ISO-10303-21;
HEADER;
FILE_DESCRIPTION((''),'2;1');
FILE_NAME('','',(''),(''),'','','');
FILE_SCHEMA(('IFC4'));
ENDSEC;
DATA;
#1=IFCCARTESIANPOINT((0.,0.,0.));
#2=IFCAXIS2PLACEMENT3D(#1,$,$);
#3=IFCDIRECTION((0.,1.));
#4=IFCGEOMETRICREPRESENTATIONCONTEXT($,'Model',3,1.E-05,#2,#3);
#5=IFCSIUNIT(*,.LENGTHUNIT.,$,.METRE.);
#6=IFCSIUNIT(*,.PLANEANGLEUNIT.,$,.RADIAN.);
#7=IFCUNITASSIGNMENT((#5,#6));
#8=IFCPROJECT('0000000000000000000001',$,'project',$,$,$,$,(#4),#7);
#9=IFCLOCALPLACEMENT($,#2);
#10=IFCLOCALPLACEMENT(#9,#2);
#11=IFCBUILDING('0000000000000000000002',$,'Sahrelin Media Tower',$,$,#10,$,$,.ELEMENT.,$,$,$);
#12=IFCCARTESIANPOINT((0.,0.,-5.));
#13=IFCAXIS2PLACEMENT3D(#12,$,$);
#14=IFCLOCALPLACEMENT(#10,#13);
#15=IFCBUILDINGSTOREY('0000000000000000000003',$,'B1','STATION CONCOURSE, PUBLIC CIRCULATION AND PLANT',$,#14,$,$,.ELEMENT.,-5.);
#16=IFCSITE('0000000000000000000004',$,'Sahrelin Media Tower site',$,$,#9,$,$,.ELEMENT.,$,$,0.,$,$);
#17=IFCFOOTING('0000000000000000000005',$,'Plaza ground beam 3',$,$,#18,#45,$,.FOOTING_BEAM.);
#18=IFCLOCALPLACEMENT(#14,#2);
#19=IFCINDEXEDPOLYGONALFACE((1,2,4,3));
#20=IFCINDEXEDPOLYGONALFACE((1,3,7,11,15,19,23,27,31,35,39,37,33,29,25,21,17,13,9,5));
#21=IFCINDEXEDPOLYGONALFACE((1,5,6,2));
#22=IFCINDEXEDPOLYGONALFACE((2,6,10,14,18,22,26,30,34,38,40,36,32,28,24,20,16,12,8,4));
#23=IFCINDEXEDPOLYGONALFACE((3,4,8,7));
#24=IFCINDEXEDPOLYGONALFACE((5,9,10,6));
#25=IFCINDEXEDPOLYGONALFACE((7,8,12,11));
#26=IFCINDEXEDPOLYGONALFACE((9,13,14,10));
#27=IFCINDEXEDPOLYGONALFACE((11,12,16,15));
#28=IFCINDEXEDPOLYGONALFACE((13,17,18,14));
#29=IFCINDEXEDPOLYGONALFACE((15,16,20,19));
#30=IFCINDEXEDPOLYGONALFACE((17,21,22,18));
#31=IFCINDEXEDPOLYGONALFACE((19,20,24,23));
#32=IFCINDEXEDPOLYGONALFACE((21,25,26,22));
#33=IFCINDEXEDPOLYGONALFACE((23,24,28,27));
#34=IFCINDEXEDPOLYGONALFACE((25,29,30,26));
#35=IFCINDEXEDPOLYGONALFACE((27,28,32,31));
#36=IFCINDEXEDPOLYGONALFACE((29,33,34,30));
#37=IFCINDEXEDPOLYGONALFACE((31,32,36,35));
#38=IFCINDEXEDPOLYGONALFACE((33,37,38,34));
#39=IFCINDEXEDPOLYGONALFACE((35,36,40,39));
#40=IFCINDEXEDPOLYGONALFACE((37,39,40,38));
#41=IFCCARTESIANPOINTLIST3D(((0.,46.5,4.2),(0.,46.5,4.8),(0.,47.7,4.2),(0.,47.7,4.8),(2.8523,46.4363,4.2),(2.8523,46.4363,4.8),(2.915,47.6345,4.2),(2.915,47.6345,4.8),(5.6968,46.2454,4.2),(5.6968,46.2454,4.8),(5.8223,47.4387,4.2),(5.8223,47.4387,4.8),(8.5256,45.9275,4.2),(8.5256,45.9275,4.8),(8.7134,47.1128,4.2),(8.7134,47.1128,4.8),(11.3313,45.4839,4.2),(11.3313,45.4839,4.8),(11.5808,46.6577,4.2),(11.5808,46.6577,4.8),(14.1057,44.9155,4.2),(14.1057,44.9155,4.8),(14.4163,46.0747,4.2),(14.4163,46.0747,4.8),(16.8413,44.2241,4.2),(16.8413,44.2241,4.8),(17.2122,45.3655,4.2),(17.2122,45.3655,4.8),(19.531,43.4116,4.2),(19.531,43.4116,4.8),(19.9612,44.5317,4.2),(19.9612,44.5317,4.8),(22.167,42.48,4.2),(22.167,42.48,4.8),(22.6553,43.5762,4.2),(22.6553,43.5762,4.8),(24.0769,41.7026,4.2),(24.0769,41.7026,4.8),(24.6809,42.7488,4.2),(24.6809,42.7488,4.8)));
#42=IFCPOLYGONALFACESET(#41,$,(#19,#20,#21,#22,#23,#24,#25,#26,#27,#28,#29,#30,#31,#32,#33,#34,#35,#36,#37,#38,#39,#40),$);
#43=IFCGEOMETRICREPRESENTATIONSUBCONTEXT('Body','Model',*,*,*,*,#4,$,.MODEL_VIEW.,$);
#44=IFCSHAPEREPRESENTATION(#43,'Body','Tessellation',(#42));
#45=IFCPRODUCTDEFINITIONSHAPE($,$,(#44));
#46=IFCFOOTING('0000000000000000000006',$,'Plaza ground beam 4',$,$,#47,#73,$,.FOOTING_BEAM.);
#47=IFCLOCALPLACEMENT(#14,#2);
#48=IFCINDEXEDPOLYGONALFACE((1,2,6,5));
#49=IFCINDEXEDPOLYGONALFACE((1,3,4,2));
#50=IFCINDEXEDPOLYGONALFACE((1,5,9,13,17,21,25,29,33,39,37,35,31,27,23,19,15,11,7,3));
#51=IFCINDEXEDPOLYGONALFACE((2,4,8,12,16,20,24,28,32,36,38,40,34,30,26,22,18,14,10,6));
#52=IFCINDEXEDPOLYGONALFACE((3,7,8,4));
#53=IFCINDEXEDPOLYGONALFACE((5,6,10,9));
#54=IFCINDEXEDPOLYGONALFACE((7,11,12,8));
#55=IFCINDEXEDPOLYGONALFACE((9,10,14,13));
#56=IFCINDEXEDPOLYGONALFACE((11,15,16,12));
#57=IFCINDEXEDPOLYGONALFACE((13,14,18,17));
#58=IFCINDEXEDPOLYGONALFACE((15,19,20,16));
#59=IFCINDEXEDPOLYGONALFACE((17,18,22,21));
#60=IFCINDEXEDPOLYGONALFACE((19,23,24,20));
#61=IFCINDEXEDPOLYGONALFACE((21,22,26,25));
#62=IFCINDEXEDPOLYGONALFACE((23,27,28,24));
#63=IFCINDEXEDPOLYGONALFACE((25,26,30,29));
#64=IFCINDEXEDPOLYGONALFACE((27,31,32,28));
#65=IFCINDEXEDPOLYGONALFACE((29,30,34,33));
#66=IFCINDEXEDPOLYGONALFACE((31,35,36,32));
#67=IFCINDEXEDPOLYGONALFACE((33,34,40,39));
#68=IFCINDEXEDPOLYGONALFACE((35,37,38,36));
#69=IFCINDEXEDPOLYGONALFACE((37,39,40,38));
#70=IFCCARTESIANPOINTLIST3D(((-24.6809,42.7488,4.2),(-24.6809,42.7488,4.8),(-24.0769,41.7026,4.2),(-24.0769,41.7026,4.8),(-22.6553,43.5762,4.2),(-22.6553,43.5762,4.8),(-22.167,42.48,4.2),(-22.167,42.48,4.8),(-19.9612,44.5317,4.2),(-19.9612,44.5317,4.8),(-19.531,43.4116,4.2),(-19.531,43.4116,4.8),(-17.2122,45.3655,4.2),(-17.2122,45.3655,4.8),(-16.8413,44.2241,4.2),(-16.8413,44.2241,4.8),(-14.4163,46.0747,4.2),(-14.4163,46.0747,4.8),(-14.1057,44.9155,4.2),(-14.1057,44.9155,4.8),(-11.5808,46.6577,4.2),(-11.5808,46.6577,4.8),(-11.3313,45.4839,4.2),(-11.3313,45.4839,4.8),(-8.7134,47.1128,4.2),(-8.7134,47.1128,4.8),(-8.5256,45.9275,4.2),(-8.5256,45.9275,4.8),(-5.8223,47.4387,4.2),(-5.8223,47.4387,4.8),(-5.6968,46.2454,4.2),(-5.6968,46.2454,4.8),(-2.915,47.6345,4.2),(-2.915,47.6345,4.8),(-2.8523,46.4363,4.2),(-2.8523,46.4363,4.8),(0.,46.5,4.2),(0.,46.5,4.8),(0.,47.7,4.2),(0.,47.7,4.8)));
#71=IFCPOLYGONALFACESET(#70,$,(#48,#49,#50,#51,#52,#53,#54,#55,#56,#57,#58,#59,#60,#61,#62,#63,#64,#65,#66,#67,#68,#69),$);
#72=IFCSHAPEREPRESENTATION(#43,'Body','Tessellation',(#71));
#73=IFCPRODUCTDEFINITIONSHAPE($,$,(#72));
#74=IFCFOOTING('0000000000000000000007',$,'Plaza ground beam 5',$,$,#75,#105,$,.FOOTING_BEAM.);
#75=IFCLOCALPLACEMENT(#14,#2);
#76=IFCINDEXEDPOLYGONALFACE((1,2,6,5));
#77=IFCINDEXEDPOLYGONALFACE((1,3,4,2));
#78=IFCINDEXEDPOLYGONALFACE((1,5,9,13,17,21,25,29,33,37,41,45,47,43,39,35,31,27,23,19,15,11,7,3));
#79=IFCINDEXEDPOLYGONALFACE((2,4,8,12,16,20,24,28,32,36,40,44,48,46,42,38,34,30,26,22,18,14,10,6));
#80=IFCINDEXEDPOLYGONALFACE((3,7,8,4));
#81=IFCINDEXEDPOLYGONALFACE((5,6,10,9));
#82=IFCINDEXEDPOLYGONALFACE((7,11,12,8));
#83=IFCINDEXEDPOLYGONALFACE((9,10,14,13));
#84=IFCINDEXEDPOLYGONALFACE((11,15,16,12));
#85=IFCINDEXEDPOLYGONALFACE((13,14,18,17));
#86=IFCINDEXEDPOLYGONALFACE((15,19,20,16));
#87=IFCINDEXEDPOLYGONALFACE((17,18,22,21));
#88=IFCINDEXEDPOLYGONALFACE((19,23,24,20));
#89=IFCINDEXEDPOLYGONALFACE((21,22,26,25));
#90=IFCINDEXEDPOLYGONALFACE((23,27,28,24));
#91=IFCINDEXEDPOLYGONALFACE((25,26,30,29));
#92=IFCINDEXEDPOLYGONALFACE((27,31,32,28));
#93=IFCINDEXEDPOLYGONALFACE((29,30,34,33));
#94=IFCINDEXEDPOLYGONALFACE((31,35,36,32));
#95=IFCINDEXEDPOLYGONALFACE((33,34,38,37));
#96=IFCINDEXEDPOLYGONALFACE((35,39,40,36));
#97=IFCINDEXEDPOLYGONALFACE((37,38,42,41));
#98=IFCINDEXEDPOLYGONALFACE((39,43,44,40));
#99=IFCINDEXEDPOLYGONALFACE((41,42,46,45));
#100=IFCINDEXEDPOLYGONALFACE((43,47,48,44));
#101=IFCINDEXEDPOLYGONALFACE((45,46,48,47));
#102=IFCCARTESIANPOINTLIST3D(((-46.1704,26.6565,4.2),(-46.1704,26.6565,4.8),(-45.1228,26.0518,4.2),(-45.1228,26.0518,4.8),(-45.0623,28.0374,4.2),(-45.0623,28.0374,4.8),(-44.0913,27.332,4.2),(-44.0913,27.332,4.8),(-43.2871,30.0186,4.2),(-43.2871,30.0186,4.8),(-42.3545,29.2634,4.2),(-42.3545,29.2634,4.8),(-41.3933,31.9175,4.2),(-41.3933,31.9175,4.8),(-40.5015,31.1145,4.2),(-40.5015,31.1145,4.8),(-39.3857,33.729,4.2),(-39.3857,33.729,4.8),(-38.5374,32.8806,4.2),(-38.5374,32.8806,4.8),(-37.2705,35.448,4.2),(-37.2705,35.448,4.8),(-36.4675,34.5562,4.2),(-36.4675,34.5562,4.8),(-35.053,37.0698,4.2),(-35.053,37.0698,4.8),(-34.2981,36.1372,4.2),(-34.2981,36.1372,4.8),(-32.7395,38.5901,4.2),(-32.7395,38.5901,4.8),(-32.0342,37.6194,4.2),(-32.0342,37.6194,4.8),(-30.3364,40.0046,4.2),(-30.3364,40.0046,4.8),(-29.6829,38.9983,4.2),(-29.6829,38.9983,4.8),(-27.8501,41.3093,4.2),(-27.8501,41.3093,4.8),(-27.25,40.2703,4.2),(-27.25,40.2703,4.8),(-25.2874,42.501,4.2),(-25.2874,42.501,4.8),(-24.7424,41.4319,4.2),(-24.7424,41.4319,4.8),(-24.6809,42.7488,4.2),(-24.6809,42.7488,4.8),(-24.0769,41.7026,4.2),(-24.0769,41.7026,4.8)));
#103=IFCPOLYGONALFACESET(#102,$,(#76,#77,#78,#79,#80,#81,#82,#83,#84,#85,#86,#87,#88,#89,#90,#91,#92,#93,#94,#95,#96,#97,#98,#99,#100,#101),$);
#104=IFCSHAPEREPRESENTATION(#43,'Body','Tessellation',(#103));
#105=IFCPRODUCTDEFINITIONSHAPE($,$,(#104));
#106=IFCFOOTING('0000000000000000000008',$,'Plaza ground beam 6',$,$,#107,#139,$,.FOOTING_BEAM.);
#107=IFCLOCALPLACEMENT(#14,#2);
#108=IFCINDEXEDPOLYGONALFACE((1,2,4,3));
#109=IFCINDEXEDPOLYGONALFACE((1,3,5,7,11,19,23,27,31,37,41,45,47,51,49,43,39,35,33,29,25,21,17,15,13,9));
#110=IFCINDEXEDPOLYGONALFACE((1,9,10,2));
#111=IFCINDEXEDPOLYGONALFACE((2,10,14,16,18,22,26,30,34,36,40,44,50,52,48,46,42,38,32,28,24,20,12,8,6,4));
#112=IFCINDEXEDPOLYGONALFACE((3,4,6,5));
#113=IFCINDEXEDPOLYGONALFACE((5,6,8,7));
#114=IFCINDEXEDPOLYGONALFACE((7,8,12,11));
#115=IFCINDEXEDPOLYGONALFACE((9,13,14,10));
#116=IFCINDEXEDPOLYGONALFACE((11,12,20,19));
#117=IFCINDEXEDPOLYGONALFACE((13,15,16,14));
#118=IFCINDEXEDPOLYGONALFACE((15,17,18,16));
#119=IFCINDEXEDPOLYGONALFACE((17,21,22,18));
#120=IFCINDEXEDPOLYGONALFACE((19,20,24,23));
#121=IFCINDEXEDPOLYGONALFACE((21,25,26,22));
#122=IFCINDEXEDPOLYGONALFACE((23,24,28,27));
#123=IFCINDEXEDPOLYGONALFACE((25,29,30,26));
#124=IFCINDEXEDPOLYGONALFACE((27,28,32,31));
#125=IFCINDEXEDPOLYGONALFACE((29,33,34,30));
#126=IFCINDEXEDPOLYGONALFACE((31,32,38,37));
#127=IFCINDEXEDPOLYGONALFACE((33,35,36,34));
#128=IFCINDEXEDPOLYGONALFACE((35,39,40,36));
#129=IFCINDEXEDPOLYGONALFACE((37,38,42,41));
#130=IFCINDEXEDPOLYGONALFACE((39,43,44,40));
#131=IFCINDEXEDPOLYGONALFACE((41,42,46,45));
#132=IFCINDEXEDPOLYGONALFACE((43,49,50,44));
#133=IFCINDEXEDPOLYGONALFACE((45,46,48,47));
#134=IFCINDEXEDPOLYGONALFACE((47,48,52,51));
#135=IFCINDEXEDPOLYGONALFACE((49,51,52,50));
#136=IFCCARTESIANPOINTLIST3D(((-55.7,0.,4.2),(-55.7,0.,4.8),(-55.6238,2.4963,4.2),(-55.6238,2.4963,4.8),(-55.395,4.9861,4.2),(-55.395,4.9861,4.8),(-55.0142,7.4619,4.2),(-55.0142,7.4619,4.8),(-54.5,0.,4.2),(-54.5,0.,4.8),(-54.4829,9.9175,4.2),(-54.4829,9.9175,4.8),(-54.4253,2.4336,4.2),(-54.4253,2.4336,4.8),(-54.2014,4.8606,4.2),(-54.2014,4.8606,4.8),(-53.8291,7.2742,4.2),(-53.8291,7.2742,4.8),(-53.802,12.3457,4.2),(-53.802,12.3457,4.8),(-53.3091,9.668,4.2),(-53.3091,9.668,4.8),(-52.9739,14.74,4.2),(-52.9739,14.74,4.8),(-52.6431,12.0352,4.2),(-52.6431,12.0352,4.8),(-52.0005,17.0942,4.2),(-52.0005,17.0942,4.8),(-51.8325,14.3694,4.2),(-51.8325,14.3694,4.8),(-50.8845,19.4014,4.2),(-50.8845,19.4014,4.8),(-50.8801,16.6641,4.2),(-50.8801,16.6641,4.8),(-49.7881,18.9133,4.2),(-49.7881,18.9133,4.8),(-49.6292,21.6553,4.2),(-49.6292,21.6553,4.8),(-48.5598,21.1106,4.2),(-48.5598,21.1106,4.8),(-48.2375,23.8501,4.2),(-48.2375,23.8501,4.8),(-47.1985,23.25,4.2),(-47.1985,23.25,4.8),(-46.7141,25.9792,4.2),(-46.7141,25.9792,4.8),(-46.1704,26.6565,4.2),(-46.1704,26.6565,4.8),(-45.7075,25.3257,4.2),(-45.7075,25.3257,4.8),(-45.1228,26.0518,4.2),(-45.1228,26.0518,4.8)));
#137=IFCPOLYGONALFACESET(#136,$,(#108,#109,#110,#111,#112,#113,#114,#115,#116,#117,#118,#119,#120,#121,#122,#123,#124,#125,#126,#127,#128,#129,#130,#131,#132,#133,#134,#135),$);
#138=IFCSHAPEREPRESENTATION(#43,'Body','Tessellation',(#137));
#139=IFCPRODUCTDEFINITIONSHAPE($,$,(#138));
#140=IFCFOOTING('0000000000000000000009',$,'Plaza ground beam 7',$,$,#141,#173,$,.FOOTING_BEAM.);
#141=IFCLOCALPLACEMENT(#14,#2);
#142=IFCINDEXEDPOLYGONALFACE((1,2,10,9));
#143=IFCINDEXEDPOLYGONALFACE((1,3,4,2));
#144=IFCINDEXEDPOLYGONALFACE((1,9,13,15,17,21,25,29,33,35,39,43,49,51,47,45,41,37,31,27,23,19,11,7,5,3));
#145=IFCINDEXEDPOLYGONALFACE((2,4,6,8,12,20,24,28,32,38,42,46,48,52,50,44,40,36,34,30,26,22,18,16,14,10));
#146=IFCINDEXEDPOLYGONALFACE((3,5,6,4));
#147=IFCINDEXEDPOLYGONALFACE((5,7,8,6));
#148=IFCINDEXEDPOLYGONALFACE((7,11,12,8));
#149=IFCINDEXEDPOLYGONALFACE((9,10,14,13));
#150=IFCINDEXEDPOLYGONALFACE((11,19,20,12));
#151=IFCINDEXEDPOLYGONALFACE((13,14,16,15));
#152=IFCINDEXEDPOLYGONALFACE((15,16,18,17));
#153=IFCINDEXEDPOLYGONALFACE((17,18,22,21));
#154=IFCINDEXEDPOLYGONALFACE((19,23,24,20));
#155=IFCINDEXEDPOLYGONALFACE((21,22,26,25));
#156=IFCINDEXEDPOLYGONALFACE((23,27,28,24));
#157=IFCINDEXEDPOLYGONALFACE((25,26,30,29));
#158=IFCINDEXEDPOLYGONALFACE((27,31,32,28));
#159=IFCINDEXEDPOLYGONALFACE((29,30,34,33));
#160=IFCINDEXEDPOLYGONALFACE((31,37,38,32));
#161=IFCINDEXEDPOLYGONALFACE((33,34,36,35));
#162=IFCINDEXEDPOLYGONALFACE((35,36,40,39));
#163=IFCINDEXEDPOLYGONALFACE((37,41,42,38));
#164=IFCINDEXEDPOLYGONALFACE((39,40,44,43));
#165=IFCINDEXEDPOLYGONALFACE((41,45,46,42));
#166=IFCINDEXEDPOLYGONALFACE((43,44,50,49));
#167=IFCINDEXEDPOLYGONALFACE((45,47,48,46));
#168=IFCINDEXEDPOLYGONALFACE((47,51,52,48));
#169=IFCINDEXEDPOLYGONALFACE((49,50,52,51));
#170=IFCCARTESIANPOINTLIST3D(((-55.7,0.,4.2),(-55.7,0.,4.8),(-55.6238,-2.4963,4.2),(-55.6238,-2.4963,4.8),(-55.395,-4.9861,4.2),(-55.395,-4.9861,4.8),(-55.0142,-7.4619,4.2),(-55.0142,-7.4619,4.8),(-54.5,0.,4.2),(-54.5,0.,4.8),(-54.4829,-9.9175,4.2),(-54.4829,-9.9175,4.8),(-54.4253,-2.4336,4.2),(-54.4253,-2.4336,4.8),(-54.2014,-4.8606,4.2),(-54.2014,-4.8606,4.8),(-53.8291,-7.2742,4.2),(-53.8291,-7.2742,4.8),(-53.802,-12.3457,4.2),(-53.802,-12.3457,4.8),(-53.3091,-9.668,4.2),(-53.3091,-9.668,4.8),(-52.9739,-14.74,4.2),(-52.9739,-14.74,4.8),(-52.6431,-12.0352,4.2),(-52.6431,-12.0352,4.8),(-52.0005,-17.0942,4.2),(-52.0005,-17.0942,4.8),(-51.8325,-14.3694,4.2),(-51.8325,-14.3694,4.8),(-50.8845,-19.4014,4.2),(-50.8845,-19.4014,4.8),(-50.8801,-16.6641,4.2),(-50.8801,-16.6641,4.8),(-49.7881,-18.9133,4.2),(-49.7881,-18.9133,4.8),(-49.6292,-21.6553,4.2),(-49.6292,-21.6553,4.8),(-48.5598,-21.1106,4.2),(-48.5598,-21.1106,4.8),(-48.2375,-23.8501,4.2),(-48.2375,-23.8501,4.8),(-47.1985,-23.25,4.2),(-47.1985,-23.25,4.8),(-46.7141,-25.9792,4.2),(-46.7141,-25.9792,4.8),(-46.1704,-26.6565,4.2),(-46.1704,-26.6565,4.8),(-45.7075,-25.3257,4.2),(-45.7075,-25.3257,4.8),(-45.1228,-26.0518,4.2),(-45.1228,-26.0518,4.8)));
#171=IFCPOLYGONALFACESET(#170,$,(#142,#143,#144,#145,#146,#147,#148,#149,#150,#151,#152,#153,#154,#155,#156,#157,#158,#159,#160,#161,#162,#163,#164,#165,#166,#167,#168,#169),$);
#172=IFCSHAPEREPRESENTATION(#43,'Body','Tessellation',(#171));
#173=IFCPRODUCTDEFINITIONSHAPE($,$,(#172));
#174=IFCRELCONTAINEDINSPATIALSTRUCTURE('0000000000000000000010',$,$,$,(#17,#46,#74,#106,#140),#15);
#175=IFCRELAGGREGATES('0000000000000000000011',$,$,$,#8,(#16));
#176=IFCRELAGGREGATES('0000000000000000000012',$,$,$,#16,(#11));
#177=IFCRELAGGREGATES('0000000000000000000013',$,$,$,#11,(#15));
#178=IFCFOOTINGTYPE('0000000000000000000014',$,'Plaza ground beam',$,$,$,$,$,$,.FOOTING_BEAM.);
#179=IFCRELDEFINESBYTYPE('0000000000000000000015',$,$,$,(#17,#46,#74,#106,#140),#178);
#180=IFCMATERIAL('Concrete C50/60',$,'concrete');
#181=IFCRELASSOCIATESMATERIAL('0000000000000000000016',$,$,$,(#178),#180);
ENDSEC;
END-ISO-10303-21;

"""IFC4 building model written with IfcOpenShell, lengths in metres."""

from ifc_helpers import new_model, si_unit, direction, frame, origin, place, context, subcontext, project, spatial, polyline, outline, extrude, material, type_object, element, save


model = new_model("IFC4")

# Units and contexts
model_context = context("Model", 3, precision=1e-05, world=origin(), true_north=direction((0.0, 1.0)))
body_context = subcontext(model_context, "Body", "Model", "MODEL_VIEW")
ifc_project = project(units=[si_unit("LENGTHUNIT", "METRE"), si_unit("PLANEANGLEUNIT", "RADIAN")], contexts=[model_context])

# Site, building, storey
site_placement = place(None, origin())
site = spatial("IfcSite", under=ifc_project, at=site_placement, Name="Sahrelin Media Tower site", CompositionType="ELEMENT", RefElevation=0.0)
building_placement = place(site_placement, origin())
building = spatial("IfcBuilding", under=site, at=building_placement, Name="Sahrelin Media Tower", CompositionType="ELEMENT")
storey_placement = place(building_placement, frame((0.0, 0.0, -5.0)))
storey = spatial("IfcBuildingStorey", under=building, at=storey_placement, Name="B1", Description="STATION CONCOURSE, PUBLIC CIRCULATION AND PLANT", CompositionType="ELEMENT", Elevation=-5.0)

# Footings
ifc_material_1 = material(Name="Concrete C50/60", Category="concrete")
footing_type = type_object("IfcFootingType", Name="Plaza ground beam", PredefinedType="FOOTING_BEAM", material=ifc_material_1)
placement_1 = place(storey_placement, frame((0.0, 0.0, 4.2)))
element("IfcFooting", 1, at=placement_1, inside=storey, type_object=footing_type, Name="Plaza ground beam 3", PredefinedType="FOOTING_BEAM", context=body_context, shape_type="SweptSolid", body=[
    extrude(outline(polyline([(0.0, 47.7), (0.0, 46.5), (0.0, 46.5), (2.8523, 46.4363), (5.6968, 46.2454), (8.5256, 45.9275), (11.3313, 45.4839), (14.1057, 44.9155), (16.8413, 44.2241), (19.531, 43.4116), (22.167, 42.48), (24.0769, 41.7026), (24.6809, 42.7488), (22.6553, 43.5762), (19.9612, 44.5317), (17.2122, 45.3655), (14.4163, 46.0747), (11.5808, 46.6577), (8.7134, 47.1128), (5.8223, 47.4387), (2.915, 47.6345), (0.0, 47.7), (0.0, 47.7)])), origin(), (0.0, 0.0, 1.0), 0.6001),
])
element("IfcFooting", 2, at=placement_1, inside=storey, type_object=footing_type, Name="Plaza ground beam 4", PredefinedType="FOOTING_BEAM", context=body_context, shape_type="SweptSolid", body=[
    extrude(outline(polyline([(-24.6809, 42.7488), (-24.0769, 41.7026), (-22.167, 42.48), (-19.531, 43.4116), (-16.8413, 44.2241), (-14.1057, 44.9155), (-11.3313, 45.4839), (-8.5256, 45.9275), (-5.6968, 46.2454), (-2.8523, 46.4363), (0.0, 46.5), (0.0, 47.7), (-2.915, 47.6345), (-5.8223, 47.4387), (-8.7134, 47.1128), (-11.5808, 46.6577), (-14.4163, 46.0747), (-17.2122, 45.3655), (-19.9612, 44.5317), (-22.6553, 43.5762), (-24.6809, 42.7488)])), origin(), (0.0, 0.0, 1.0), 0.6001),
])
element("IfcFooting", 3, at=placement_1, inside=storey, type_object=footing_type, Name="Plaza ground beam 5", PredefinedType="FOOTING_BEAM", context=body_context, shape_type="SweptSolid", body=[
    extrude(outline(polyline([(-46.1704, 26.6565), (-45.1228, 26.0518), (-44.0913, 27.332), (-42.3545, 29.2634), (-40.5015, 31.1145), (-38.5374, 32.8806), (-36.4675, 34.5562), (-34.2981, 36.1372), (-32.0342, 37.6194), (-29.6829, 38.9983), (-27.25, 40.2703), (-24.7424, 41.4319), (-24.0769, 41.7026), (-24.6809, 42.7488), (-25.2874, 42.501), (-27.8501, 41.3093), (-30.3364, 40.0046), (-32.7395, 38.5901), (-35.053, 37.0698), (-37.2705, 35.448), (-39.3857, 33.729), (-41.3933, 31.9175), (-43.2871, 30.0186), (-45.0623, 28.0374), (-46.1704, 26.6565)])), origin(), (0.0, 0.0, 1.0), 0.6001),
])
element("IfcFooting", 4, at=placement_1, inside=storey, type_object=footing_type, Name="Plaza ground beam 6", PredefinedType="FOOTING_BEAM", context=body_context, shape_type="SweptSolid", body=[
    extrude(outline(polyline([(-55.7, 0.0), (-54.5, 0.0), (-54.5, 0.0), (-54.4253, 2.4336), (-54.2014, 4.8606), (-53.8291, 7.2742), (-53.3091, 9.668), (-52.6431, 12.0352), (-51.8325, 14.3694), (-50.8801, 16.6641), (-49.7881, 18.9133), (-48.5598, 21.1106), (-47.1985, 23.25), (-45.7075, 25.3257), (-45.1228, 26.0518), (-46.1704, 26.6565), (-46.7141, 25.9792), (-48.2375, 23.8501), (-49.6292, 21.6553), (-50.8845, 19.4014), (-52.0005, 17.0942), (-52.9739, 14.74), (-53.802, 12.3457), (-54.4829, 9.9175), (-55.0142, 7.4619), (-55.395, 4.9861), (-55.6238, 2.4963), (-55.7, 0.0), (-55.7, 0.0)])), origin(), (0.0, 0.0, 1.0), 0.6001),
])
element("IfcFooting", 5, at=placement_1, inside=storey, type_object=footing_type, Name="Plaza ground beam 7", PredefinedType="FOOTING_BEAM", context=body_context, shape_type="SweptSolid", body=[
    extrude(outline(polyline([(-46.1704, -26.6565), (-45.1228, -26.0518), (-45.7075, -25.3257), (-47.1985, -23.25), (-48.5598, -21.1106), (-49.7881, -18.9133), (-50.8801, -16.6641), (-51.8325, -14.3694), (-52.6431, -12.0352), (-53.3091, -9.668), (-53.8291, -7.2742), (-54.2014, -4.8606), (-54.4253, -2.4336), (-54.5, 0.0), (-55.7, 0.0), (-55.6238, -2.4963), (-55.395, -4.9861), (-55.0142, -7.4619), (-54.4829, -9.9175), (-53.802, -12.3457), (-52.9739, -14.74), (-52.0005, -17.0942), (-50.8845, -19.4014), (-49.6292, -21.6553), (-48.2375, -23.8501), (-46.7141, -25.9792), (-46.1704, -26.6565)])), origin(), (0.0, 0.0, 1.0), 0.6001),
])

save(model, "model.ifc")
